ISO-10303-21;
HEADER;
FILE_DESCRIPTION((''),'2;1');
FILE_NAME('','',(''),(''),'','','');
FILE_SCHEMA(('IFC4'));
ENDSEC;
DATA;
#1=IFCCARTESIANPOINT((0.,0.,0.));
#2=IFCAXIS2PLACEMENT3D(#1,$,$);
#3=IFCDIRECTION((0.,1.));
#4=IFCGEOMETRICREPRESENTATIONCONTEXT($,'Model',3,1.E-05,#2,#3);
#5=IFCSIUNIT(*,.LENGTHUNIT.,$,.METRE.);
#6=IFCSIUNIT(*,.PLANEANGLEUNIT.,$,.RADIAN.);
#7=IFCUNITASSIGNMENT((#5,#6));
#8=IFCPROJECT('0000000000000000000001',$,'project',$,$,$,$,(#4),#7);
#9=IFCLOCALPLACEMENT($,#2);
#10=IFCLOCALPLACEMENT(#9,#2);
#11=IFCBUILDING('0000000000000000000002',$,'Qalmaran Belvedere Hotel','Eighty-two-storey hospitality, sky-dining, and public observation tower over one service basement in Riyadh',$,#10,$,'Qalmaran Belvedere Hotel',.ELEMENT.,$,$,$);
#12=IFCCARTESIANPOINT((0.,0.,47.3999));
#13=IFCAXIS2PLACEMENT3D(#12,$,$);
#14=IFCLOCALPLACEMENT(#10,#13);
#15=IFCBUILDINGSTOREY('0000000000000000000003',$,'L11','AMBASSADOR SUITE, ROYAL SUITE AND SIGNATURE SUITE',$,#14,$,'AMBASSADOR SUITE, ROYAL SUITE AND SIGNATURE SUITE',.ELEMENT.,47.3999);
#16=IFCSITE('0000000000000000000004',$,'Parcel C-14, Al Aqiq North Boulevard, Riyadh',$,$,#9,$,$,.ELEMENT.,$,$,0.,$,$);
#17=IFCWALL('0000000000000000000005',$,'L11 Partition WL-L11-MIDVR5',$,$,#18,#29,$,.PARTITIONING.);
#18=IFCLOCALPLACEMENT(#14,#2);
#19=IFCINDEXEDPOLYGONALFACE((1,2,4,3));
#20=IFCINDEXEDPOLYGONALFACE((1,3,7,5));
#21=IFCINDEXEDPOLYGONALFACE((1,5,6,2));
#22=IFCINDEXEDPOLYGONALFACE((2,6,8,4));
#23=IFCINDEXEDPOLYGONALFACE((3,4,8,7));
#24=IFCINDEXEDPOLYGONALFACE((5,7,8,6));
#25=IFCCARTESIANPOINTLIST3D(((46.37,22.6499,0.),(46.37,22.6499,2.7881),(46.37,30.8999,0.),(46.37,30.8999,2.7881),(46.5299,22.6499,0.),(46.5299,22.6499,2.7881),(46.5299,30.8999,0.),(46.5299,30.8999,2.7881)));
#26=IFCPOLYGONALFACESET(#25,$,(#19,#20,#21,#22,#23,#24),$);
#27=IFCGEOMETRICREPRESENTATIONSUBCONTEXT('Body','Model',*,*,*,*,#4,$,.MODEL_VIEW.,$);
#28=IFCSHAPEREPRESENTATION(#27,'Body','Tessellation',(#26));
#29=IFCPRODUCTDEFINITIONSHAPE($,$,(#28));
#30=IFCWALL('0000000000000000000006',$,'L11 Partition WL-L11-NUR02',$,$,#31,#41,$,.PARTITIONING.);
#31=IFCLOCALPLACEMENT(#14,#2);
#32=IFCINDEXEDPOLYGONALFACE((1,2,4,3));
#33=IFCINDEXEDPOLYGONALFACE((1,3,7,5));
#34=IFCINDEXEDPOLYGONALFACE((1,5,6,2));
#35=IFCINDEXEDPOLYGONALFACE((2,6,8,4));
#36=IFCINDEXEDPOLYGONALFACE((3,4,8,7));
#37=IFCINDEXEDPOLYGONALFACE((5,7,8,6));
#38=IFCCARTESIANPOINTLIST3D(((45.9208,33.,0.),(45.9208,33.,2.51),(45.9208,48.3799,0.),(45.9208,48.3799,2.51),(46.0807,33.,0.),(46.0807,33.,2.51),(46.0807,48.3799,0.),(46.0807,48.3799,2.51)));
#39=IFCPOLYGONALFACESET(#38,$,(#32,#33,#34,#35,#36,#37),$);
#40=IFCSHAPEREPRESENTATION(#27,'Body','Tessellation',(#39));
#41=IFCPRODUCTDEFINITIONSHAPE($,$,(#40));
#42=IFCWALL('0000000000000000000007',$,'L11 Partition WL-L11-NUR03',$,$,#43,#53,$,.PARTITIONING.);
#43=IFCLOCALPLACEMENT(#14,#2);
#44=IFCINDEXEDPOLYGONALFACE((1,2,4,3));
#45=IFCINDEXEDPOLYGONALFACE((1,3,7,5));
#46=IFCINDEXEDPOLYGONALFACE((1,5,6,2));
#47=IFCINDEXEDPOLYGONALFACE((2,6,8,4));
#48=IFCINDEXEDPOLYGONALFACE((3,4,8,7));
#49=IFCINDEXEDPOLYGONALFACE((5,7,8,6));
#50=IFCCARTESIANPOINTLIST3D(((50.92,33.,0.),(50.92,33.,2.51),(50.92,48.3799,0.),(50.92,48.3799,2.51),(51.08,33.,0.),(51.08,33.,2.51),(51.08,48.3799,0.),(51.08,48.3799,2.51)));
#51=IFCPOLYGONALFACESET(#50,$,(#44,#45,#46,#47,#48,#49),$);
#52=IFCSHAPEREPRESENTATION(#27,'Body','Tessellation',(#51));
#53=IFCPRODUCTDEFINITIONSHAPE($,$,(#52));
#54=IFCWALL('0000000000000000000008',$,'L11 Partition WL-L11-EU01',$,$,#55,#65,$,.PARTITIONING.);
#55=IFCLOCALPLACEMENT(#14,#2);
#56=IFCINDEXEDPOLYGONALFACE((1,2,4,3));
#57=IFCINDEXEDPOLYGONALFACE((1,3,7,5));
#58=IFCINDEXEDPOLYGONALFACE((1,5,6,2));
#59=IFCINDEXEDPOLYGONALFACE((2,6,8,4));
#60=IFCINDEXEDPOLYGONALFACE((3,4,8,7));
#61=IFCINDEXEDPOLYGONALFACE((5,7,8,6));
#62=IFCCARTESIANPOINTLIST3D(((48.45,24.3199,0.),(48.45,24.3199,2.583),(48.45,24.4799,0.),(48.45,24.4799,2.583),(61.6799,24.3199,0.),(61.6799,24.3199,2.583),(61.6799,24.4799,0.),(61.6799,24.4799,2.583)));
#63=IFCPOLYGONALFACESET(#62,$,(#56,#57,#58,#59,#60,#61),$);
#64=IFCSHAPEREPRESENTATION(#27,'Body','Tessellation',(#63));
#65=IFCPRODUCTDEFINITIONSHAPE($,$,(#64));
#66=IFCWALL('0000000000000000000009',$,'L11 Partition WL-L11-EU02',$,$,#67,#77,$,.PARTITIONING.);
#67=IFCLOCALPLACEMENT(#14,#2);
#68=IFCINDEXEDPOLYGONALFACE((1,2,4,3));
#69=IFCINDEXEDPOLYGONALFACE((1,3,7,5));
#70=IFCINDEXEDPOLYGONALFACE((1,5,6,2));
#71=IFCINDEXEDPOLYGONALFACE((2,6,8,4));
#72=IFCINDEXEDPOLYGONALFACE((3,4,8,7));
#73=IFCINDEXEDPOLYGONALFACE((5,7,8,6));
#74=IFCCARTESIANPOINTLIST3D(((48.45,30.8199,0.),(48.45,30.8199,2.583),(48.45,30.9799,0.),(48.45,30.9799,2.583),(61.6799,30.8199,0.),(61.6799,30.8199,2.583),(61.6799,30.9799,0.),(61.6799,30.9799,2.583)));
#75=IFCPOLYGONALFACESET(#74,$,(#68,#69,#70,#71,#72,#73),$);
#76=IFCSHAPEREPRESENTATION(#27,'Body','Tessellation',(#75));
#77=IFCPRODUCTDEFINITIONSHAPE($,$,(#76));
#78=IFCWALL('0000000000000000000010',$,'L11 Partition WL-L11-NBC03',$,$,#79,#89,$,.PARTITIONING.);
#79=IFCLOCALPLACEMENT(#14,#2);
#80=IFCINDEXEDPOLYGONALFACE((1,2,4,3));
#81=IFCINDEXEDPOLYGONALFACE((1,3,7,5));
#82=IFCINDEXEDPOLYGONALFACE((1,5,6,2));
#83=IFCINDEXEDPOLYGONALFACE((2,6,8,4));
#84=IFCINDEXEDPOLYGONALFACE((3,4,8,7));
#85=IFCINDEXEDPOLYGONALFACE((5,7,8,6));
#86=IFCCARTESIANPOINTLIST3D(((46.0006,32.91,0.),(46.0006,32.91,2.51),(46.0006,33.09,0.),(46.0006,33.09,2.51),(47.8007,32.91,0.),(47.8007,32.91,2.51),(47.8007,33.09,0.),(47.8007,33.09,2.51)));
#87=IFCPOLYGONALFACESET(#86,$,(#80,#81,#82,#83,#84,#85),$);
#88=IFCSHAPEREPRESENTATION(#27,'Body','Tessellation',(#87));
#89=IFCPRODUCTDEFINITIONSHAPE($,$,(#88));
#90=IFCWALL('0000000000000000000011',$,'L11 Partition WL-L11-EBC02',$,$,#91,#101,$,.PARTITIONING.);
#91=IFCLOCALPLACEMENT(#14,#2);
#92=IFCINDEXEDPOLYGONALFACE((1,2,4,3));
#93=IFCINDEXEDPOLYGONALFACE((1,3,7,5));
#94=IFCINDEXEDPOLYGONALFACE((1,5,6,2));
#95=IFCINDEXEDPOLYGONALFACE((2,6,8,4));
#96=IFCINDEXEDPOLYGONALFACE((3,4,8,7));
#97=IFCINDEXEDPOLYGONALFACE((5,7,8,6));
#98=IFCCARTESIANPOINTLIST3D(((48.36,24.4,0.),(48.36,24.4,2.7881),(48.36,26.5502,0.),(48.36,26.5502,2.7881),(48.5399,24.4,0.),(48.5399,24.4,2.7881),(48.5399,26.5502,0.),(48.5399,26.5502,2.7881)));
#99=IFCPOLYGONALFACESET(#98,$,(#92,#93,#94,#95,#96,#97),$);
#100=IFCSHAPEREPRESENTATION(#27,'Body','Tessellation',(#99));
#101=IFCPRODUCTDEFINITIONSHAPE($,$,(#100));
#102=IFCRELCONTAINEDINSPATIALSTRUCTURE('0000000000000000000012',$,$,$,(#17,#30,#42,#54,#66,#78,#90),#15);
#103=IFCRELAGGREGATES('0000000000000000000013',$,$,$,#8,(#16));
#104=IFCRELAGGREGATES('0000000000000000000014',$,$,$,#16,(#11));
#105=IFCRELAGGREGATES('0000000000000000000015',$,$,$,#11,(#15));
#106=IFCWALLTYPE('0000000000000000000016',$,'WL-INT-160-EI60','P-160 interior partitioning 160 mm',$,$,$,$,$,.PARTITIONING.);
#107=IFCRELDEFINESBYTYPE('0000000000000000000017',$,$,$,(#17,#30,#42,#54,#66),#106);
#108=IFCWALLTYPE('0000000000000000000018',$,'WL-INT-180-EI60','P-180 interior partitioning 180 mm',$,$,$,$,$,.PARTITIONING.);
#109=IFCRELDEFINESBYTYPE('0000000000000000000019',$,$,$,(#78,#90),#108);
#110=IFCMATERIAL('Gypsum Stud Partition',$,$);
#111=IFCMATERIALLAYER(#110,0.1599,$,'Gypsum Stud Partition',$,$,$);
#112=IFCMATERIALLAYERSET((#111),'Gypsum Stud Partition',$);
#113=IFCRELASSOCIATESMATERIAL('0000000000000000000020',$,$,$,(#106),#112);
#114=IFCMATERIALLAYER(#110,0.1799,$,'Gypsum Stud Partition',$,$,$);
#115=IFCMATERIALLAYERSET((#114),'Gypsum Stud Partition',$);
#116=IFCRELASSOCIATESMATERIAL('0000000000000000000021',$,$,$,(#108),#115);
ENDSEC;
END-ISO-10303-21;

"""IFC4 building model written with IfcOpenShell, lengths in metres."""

from ifc_helpers import new_model, si_unit, direction, frame, frame_2d, origin, place, context, subcontext, project, spatial, rectangle, extrude, material, layer, layer_set, type_object, element, save


model = new_model("IFC4")

# Units and contexts
model_context = context("Model", 3, precision=1e-05, world=origin(), true_north=direction((0.0, 1.0)))
body_context = subcontext(model_context, "Body", "Model", "MODEL_VIEW")
ifc_project = project(units=[si_unit("LENGTHUNIT", "METRE"), si_unit("PLANEANGLEUNIT", "RADIAN")], contexts=[model_context])

# Site, building, storey
site_placement = place(None, origin())
site = spatial("IfcSite", under=ifc_project, at=site_placement, Name="Parcel C-14, Al Aqiq North Boulevard, Riyadh", CompositionType="ELEMENT", RefElevation=0.0)
building_placement = place(site_placement, origin())
building = spatial("IfcBuilding", under=site, at=building_placement, Name="Qalmaran Belvedere Hotel", Description="Eighty-two-storey hospitality, sky-dining, and public observation tower over one service basement in Riyadh", LongName="Qalmaran Belvedere Hotel", CompositionType="ELEMENT")
storey_placement = place(building_placement, frame((0.0, 0.0, 47.3999)))
storey = spatial("IfcBuildingStorey", under=building, at=storey_placement, Name="L11", Description="AMBASSADOR SUITE, ROYAL SUITE AND SIGNATURE SUITE", LongName="AMBASSADOR SUITE, ROYAL SUITE AND SIGNATURE SUITE", CompositionType="ELEMENT", Elevation=47.3999)

# Shared definitions
ifc_material_1 = material(Name="Gypsum Stud Partition")

# Walls
ifc_layer_1 = layer(ifc_material_1, 0.1599, Name="Gypsum Stud Partition")
ifc_layer_set_1 = layer_set([ifc_layer_1], Name="Gypsum Stud Partition")
wall_type_1 = type_object("IfcWallType", Name="WL-INT-160-EI60", Description="P-160 interior partitioning 160 mm", PredefinedType="PARTITIONING", material=ifc_layer_set_1)
wall_1_placement = place(storey_placement, frame((46.45, 22.6499, 0.0), z_axis=(0.0, 0.0, 1.0), x_axis=(0.0, 1.0, 0.0)))
element("IfcWall", 1, at=wall_1_placement, inside=storey, type_object=wall_type_1, Name="L11 Partition WL-L11-MIDVR5", PredefinedType="PARTITIONING", context=body_context, shape_type="SweptSolid", body=[
    extrude(rectangle(XDim=8.25, YDim=0.1599, at=frame_2d((4.125, 0.0))), origin(), (0.0, 0.0, 1.0), 2.7881),
])
for number, where, z_axis, x_axis, name in (
    (2, (46.0007, 33.0, 0.0), (0.0, 0.0, 1.0), (0.0, 1.0, 0.0), "L11 Partition WL-L11-NUR02"),
    (3, (51.0, 33.0, 0.0), (0.0, 0.0, 1.0), (0.0, 1.0, 0.0), "L11 Partition WL-L11-NUR03"),
):
    element("IfcWall", number, at=place(storey_placement, frame(where, z_axis=z_axis, x_axis=x_axis)), inside=storey, type_object=wall_type_1, Name=name, PredefinedType="PARTITIONING", context=body_context, shape_type="SweptSolid", body=[
        extrude(rectangle(XDim=15.3799, YDim=0.1599, at=frame_2d((7.6899, 0.0))), origin(), (0.0, 0.0, 1.0), 2.51),
    ])
for number, where, z_axis, x_axis, name in (
    (4, (48.45, 24.3999, 0.0), (0.0, 0.0, 1.0), (1.0, 0.0, 0.0), "L11 Partition WL-L11-EU01"),
    (5, (48.45, 30.8999, 0.0), (0.0, 0.0, 1.0), (1.0, 0.0, 0.0), "L11 Partition WL-L11-EU02"),
):
    element("IfcWall", number, at=place(storey_placement, frame(where, z_axis=z_axis, x_axis=x_axis)), inside=storey, type_object=wall_type_1, Name=name, PredefinedType="PARTITIONING", context=body_context, shape_type="SweptSolid", body=[
        extrude(rectangle(XDim=13.23, YDim=0.1599, at=frame_2d((6.615, 0.0))), origin(), (0.0, 0.0, 1.0), 2.583),
    ])
ifc_layer_2 = layer(ifc_material_1, 0.1799, Name="Gypsum Stud Partition")
ifc_layer_set_2 = layer_set([ifc_layer_2], Name="Gypsum Stud Partition")
wall_type_2 = type_object("IfcWallType", Name="WL-INT-180-EI60", Description="P-180 interior partitioning 180 mm", PredefinedType="PARTITIONING", material=ifc_layer_set_2)
wall_2_placement = place(storey_placement, frame((46.0007, 33.0, 0.0), z_axis=(0.0, 0.0, 1.0), x_axis=(1.0, 0.0, 0.0)))
element("IfcWall", 6, at=wall_2_placement, inside=storey, type_object=wall_type_2, Name="L11 Partition WL-L11-NBC03", PredefinedType="PARTITIONING", context=body_context, shape_type="SweptSolid", body=[
    extrude(rectangle(XDim=1.8, YDim=0.1799, at=frame_2d((0.8999, 0.0))), origin(), (0.0, 0.0, 1.0), 2.51),
])

# Wall
wall_3_placement = place(storey_placement, frame((48.45, 24.3999, 0.0), z_axis=(0.0, 0.0, 1.0), x_axis=(0.0, 1.0, 0.0)))
element("IfcWall", 7, at=wall_3_placement, inside=storey, type_object=wall_type_2, Name="L11 Partition WL-L11-EBC02", PredefinedType="PARTITIONING", context=body_context, shape_type="SweptSolid", body=[
    extrude(rectangle(XDim=2.1501, YDim=0.1799, at=frame_2d((1.0752, 0.0))), origin(), (0.0, 0.0, 1.0), 2.7881),
])

save(model, "model.ifc")
